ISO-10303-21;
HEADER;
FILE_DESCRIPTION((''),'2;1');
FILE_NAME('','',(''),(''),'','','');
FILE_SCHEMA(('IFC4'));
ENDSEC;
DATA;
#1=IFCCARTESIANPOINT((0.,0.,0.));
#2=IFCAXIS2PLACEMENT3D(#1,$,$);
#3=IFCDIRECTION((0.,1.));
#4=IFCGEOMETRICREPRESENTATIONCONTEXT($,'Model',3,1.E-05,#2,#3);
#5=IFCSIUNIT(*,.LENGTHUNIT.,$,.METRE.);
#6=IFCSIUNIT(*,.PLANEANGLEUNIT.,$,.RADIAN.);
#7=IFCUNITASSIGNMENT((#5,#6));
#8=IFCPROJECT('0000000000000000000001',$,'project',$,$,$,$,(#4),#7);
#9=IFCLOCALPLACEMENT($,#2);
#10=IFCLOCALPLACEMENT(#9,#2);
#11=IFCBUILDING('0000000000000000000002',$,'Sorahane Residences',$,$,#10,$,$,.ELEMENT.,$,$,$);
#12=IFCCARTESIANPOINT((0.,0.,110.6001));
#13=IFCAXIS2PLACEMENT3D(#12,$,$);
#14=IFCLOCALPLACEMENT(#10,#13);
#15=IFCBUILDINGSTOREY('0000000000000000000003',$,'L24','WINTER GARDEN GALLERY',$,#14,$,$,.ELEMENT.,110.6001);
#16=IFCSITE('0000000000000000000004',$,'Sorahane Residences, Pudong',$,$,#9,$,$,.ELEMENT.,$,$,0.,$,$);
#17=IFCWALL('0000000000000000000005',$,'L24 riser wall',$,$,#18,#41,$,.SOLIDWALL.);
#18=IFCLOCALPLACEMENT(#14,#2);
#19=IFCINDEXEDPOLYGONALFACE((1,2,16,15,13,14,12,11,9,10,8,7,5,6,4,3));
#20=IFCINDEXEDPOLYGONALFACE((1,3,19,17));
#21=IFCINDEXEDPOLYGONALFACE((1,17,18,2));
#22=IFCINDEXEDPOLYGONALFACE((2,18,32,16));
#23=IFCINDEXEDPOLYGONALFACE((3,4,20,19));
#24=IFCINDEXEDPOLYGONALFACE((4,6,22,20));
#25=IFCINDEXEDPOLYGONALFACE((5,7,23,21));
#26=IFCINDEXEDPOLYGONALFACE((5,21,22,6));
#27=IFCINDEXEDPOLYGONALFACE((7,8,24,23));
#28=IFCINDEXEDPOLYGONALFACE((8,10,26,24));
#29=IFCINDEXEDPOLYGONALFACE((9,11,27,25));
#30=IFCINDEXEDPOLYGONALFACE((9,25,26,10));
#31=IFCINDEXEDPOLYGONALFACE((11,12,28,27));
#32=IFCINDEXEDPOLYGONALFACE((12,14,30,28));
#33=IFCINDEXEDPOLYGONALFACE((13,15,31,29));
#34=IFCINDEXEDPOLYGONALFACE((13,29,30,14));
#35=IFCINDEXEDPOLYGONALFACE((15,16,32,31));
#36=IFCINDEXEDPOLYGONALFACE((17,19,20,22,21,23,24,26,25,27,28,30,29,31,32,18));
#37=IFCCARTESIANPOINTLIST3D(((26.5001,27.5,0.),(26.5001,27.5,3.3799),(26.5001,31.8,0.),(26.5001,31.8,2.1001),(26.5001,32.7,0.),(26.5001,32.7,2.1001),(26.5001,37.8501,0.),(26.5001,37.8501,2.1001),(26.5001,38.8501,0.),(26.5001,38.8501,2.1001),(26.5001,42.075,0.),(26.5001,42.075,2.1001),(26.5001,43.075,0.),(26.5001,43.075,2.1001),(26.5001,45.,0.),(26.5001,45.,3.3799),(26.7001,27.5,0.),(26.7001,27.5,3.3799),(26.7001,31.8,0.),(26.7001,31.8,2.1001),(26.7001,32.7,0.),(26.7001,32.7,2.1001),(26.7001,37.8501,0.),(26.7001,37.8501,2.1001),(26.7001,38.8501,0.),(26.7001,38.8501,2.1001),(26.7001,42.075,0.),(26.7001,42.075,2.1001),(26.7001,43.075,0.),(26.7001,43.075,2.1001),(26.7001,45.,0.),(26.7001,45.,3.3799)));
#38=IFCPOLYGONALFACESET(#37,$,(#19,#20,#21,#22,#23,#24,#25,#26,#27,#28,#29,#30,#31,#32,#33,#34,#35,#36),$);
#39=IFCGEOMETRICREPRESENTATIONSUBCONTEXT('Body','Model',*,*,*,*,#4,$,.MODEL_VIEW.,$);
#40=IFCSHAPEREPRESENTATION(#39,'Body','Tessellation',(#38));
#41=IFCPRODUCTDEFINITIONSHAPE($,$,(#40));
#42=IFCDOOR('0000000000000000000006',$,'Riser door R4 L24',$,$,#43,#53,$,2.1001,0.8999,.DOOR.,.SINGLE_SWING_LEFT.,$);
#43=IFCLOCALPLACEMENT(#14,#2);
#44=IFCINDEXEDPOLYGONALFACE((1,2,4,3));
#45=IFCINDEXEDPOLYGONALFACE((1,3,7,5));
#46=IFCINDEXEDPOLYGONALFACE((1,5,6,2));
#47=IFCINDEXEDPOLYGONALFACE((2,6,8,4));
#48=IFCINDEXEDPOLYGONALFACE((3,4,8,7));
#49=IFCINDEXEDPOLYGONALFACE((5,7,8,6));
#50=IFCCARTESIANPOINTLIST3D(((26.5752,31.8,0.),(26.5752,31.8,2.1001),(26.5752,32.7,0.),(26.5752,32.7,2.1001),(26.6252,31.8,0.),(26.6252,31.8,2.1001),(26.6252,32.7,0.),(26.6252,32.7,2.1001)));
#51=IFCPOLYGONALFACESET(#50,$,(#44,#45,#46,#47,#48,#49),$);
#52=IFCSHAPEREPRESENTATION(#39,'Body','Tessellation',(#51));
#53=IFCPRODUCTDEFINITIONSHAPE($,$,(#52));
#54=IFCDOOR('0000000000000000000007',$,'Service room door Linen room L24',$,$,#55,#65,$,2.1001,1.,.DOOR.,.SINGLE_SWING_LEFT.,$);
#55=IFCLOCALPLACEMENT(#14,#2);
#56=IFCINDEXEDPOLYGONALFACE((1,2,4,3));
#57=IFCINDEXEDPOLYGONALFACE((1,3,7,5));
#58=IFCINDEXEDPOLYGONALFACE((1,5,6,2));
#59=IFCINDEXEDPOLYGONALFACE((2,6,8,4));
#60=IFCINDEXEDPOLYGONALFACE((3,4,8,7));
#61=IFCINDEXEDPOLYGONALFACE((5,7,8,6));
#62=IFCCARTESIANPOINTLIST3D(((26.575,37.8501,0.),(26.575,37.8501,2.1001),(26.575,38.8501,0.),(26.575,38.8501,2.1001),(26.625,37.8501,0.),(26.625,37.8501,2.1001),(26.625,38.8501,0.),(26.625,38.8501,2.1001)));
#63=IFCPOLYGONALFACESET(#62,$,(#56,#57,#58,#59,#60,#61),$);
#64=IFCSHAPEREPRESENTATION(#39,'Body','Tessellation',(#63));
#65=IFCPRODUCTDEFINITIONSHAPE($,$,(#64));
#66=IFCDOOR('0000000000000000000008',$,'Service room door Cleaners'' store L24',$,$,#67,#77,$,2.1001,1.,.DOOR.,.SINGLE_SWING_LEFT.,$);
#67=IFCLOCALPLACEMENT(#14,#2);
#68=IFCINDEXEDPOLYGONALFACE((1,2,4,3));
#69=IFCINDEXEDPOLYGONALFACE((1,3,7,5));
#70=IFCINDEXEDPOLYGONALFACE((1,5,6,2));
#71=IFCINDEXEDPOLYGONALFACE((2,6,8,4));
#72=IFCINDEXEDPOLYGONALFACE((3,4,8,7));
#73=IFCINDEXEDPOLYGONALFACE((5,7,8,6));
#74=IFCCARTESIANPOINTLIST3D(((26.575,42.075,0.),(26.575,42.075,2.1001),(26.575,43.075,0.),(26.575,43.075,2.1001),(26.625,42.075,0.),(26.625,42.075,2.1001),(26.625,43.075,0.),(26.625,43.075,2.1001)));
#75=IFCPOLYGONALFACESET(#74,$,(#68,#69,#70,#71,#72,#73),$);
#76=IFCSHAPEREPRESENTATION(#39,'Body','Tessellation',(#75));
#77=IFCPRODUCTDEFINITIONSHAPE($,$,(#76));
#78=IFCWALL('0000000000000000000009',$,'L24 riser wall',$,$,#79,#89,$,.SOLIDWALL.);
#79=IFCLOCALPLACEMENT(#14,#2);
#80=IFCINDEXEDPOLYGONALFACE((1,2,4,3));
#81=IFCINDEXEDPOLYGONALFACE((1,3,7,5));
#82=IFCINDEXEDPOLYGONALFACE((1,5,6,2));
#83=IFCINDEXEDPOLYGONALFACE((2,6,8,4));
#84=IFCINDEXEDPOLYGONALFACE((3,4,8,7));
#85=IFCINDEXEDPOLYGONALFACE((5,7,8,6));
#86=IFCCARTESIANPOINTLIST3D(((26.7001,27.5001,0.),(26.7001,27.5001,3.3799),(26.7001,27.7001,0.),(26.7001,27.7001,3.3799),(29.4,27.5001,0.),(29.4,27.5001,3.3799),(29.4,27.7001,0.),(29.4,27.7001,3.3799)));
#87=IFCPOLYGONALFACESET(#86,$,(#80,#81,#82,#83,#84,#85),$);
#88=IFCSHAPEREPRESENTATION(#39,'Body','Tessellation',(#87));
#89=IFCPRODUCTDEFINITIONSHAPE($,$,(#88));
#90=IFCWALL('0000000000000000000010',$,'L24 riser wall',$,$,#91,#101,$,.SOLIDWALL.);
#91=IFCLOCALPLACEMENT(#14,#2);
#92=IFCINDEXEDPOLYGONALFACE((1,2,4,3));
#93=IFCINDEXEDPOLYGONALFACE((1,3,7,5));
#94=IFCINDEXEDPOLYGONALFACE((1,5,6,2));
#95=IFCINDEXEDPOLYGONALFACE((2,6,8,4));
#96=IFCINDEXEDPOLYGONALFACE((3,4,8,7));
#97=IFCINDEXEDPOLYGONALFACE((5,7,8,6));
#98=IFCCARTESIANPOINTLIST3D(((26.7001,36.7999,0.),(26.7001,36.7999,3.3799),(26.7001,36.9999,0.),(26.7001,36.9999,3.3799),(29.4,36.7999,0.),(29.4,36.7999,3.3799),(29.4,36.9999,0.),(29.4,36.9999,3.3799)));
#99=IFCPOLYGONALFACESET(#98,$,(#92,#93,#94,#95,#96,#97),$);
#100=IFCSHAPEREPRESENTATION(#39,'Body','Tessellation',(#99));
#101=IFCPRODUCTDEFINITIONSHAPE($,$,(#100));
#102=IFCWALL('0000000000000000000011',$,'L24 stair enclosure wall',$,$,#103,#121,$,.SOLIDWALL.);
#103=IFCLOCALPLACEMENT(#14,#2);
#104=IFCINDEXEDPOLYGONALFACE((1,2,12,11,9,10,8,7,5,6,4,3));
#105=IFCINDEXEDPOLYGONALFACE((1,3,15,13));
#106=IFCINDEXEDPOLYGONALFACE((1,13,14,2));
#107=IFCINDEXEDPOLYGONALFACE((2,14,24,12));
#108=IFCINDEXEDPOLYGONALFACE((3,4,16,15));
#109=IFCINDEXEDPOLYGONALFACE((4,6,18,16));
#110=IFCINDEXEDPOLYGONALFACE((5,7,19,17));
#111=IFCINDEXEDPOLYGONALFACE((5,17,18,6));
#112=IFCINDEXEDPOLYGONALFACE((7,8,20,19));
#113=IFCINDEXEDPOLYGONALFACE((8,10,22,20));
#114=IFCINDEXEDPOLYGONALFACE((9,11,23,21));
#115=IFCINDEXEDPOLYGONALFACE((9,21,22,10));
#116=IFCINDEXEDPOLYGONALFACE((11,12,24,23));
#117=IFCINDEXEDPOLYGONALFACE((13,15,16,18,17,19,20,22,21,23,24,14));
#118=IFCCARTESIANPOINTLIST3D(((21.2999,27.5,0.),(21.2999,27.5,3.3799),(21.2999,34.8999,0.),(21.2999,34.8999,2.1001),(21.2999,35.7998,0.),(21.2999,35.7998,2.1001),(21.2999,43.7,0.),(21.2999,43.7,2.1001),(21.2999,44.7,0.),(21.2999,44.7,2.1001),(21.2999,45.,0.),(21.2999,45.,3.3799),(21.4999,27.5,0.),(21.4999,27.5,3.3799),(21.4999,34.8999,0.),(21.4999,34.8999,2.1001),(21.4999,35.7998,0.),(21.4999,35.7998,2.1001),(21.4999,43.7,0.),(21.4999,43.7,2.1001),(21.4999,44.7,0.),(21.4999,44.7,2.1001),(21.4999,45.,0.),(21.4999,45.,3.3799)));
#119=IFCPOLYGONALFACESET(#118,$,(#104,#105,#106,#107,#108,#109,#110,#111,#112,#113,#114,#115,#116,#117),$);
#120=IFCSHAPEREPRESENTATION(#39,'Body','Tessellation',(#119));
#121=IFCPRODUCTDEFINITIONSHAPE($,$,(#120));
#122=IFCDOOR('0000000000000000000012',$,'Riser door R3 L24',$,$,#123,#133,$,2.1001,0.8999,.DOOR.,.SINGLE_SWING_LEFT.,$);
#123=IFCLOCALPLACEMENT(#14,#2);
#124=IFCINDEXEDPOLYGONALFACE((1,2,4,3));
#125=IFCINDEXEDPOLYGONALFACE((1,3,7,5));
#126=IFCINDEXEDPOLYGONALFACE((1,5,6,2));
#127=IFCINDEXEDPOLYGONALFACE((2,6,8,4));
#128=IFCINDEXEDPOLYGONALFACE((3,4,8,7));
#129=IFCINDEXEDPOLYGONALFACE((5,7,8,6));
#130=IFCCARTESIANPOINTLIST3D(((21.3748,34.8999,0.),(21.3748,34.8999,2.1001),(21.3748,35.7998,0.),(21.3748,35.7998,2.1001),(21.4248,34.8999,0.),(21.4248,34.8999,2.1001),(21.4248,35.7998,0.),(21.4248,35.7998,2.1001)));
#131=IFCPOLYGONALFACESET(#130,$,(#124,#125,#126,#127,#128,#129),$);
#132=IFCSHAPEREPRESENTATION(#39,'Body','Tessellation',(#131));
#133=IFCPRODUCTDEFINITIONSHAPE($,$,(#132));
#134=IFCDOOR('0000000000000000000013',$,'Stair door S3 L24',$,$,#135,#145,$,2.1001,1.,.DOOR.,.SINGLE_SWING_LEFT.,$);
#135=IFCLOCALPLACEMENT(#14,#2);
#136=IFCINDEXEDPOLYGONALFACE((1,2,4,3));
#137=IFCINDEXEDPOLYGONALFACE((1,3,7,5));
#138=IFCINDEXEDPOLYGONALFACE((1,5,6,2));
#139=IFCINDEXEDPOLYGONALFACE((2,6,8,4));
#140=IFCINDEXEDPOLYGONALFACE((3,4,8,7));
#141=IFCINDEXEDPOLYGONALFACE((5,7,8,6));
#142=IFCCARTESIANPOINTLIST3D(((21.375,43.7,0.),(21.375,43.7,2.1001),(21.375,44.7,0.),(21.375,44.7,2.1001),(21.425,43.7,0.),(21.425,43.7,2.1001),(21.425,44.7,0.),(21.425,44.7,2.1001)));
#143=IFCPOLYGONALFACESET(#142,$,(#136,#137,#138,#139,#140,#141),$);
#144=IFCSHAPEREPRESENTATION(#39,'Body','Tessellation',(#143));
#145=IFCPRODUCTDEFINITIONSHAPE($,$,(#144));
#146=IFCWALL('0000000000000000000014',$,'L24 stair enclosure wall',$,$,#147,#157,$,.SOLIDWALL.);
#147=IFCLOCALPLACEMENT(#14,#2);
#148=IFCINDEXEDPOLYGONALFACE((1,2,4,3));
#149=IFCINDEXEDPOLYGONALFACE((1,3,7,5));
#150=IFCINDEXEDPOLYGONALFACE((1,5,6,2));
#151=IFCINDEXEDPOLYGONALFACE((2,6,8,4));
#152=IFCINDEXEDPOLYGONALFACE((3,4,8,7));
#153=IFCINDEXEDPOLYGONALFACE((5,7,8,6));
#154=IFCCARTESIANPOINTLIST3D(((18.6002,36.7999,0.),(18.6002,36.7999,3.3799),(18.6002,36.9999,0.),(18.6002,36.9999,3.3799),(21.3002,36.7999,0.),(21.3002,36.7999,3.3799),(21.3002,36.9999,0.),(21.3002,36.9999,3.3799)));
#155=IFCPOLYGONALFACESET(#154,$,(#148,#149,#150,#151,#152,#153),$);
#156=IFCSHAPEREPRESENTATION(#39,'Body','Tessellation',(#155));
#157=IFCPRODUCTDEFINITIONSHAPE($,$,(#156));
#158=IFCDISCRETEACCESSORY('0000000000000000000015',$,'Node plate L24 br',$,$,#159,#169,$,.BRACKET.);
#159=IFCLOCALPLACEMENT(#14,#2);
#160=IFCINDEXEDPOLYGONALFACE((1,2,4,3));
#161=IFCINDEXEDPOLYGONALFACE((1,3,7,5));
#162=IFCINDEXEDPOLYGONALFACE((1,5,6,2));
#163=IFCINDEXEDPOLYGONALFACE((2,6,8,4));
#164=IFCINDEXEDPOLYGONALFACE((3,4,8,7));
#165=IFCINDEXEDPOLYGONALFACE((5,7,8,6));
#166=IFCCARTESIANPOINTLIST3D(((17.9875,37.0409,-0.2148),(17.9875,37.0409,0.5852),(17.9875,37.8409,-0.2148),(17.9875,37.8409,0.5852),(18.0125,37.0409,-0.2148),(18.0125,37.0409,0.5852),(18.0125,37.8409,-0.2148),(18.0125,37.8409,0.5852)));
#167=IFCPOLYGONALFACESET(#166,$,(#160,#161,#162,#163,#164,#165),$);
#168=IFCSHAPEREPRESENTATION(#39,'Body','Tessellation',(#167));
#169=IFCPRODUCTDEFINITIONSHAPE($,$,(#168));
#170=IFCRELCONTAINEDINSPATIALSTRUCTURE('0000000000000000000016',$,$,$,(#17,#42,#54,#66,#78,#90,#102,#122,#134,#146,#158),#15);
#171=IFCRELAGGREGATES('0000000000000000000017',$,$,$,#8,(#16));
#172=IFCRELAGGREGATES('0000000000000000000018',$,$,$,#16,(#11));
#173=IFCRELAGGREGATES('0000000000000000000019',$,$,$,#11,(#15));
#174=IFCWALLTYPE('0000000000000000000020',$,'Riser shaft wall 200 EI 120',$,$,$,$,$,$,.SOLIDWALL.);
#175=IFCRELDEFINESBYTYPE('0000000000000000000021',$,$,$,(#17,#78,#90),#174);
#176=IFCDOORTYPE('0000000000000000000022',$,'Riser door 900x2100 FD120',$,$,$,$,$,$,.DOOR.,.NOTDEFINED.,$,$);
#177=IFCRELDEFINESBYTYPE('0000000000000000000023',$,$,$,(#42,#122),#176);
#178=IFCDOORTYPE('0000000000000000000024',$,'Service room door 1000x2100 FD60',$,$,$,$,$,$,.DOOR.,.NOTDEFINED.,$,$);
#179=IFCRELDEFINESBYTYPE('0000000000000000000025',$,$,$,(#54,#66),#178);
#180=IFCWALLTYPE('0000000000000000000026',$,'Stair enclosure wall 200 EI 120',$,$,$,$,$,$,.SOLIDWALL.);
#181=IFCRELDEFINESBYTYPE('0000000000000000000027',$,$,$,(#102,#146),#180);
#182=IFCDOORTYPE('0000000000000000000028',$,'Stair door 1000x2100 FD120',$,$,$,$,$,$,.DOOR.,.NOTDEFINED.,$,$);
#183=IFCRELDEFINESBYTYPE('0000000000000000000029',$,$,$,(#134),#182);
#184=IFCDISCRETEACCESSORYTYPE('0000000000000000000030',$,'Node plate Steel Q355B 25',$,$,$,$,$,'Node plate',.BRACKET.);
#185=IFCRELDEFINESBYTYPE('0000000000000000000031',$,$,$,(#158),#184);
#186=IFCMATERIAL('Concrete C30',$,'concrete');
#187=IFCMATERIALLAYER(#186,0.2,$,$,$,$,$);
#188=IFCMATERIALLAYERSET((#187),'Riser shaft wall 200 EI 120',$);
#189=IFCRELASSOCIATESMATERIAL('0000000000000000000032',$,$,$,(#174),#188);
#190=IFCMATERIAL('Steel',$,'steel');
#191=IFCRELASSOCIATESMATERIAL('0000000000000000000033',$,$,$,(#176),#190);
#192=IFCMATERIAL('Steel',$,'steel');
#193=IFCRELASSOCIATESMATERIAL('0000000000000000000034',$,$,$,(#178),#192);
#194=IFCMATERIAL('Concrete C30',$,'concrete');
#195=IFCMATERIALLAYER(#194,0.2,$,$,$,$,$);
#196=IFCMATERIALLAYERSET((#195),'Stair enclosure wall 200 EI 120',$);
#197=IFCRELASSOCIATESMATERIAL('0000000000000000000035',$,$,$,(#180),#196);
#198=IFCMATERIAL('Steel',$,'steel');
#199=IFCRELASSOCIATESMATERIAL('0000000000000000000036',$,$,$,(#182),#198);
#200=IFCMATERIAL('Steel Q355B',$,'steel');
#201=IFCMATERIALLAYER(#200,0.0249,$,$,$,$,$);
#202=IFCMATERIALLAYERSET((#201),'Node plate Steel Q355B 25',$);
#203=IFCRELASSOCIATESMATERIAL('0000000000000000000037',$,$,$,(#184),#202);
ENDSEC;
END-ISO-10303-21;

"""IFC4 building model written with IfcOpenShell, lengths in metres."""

from ifc_helpers import new_model, si_unit, direction, frame, frame_2d, origin, origin_2d, place, context, subcontext, project, spatial, rectangle, extrude, material, layer, layer_set, type_object, element, fill, save


model = new_model("IFC4")

# Units and contexts
model_context = context("Model", 3, precision=1e-05, world=origin(), true_north=direction((0.0, 1.0)))
body_context = subcontext(model_context, "Body", "Model", "MODEL_VIEW")
ifc_project = project(units=[si_unit("LENGTHUNIT", "METRE"), si_unit("PLANEANGLEUNIT", "RADIAN")], contexts=[model_context])

# Site, building, storey
site_placement = place(None, origin())
site = spatial("IfcSite", under=ifc_project, at=site_placement, Name="Sorahane Residences, Pudong", CompositionType="ELEMENT", RefElevation=0.0)
building_placement = place(site_placement, origin())
building = spatial("IfcBuilding", under=site, at=building_placement, Name="Sorahane Residences", CompositionType="ELEMENT")
storey_placement = place(building_placement, frame((0.0, 0.0, 110.6001)))
storey = spatial("IfcBuildingStorey", under=building, at=storey_placement, Name="L24", Description="WINTER GARDEN GALLERY", CompositionType="ELEMENT", Elevation=110.6001)

# Wall, openings, doors
ifc_material_1 = material(Name="Concrete C30", Category="concrete")
ifc_layer_1 = layer(ifc_material_1, 0.2)
ifc_layer_set_1 = layer_set([ifc_layer_1], Name="Riser shaft wall 200 EI 120")
wall_type_1 = type_object("IfcWallType", Name="Riser shaft wall 200 EI 120", PredefinedType="SOLIDWALL", material=ifc_layer_set_1)
wall_1_placement = place(storey_placement, frame((26.6001, 27.5, 0.0), z_axis=(0.0, 0.0, 1.0), x_axis=(0.0, 1.0, 0.0)))
wall_1 = element("IfcWall", 1, at=wall_1_placement, inside=storey, type_object=wall_type_1, Name="L24 riser wall", PredefinedType="SOLIDWALL", context=body_context, shape_type="SweptSolid", body=[
    extrude(rectangle(XDim=17.5, YDim=0.2, at=frame_2d((8.75, 0.0))), origin(), (0.0, 0.0, 1.0), 3.3799),
])
opening_1_placement = place(wall_1_placement, frame((4.3, 0.0, 0.0)))
opening_1 = element("IfcOpeningElement", 2, at=opening_1_placement, cuts=wall_1, PredefinedType="OPENING", context=body_context, shape_type="SweptSolid", body=[
    extrude(rectangle(XDim=0.8999, YDim=2.1001, at=frame_2d((0.45, 1.05))), frame((0.0, 0.1099, 0.0), z_axis=(0.0, -1.0, 0.0), x_axis=(1.0, 0.0, 0.0)), (0.0, 0.0, 1.0), 0.22),
])
opening_2_placement = place(wall_1_placement, frame((10.3501, 0.0, 0.0)))
opening_2 = element("IfcOpeningElement", 3, at=opening_2_placement, cuts=wall_1, PredefinedType="OPENING", context=body_context, shape_type="SweptSolid", body=[
    extrude(rectangle(XDim=1.0, YDim=2.1001, at=frame_2d((0.5, 1.05))), frame((0.0, 0.1099, 0.0), z_axis=(0.0, -1.0, 0.0), x_axis=(1.0, 0.0, 0.0)), (0.0, 0.0, 1.0), 0.22),
])
opening_3_placement = place(wall_1_placement, frame((14.575, 0.0, 0.0)))
opening_3 = element("IfcOpeningElement", 4, at=opening_3_placement, cuts=wall_1, PredefinedType="OPENING", context=body_context, shape_type="SweptSolid", body=[
    extrude(rectangle(XDim=1.0, YDim=2.1001, at=frame_2d((0.5, 1.05))), frame((0.0, 0.1099, 0.0), z_axis=(0.0, -1.0, 0.0), x_axis=(1.0, 0.0, 0.0)), (0.0, 0.0, 1.0), 0.22),
])
ifc_material_2 = material(Name="Steel", Category="steel")
door_type_1 = type_object("IfcDoorType", Name="Riser door 900x2100 FD120", OperationType="NOTDEFINED", PredefinedType="DOOR", material=ifc_material_2)
door_1_placement = place(opening_1_placement, origin())
door_1 = element("IfcDoor", 5, at=door_1_placement, inside=storey, type_object=door_type_1, Name="Riser door R4 L24", OperationType="SINGLE_SWING_LEFT", OverallHeight=2.1001, OverallWidth=0.8999, PredefinedType="DOOR", context=body_context, shape_type="SweptSolid", body=[
    extrude(rectangle(XDim=0.8999, YDim=2.1001, at=frame_2d((0.45, 1.05))), frame((0.0, 0.0249, 0.0), z_axis=(0.0, -1.0, 0.0), x_axis=(1.0, 0.0, 0.0)), (0.0, 0.0, 1.0), 0.05),
])
fill(opening_1, door_1)
ifc_material_3 = material(Name="Steel", Category="steel")
door_type_2 = type_object("IfcDoorType", Name="Service room door 1000x2100 FD60", OperationType="NOTDEFINED", PredefinedType="DOOR", material=ifc_material_3)
door_2_placement = place(opening_2_placement, frame((1.0, 0.0, 0.0), z_axis=(0.0, 0.0, 1.0), x_axis=(-1.0, 0.0, 0.0)))
door_2 = element("IfcDoor", 6, at=door_2_placement, inside=storey, type_object=door_type_2, Name="Service room door Linen room L24", OperationType="SINGLE_SWING_LEFT", OverallHeight=2.1001, OverallWidth=1.0, PredefinedType="DOOR", context=body_context, shape_type="SweptSolid", body=[
    extrude(rectangle(XDim=1.0, YDim=2.1001, at=frame_2d((0.5, 1.05))), frame((0.0, 0.0249, 0.0), z_axis=(0.0, -1.0, 0.0), x_axis=(1.0, 0.0, 0.0)), (0.0, 0.0, 1.0), 0.05),
])
fill(opening_2, door_2)
door_3_placement = place(opening_3_placement, frame((1.0, 0.0, 0.0), z_axis=(0.0, 0.0, 1.0), x_axis=(-1.0, 0.0, 0.0)))
door_3 = element("IfcDoor", 7, at=door_3_placement, inside=storey, type_object=door_type_2, Name="Service room door Cleaners' store L24", OperationType="SINGLE_SWING_LEFT", OverallHeight=2.1001, OverallWidth=1.0, PredefinedType="DOOR", context=body_context, shape_type="SweptSolid", body=[
    extrude(rectangle(XDim=1.0, YDim=2.1001, at=frame_2d((0.5, 1.05))), frame((0.0, 0.0249, 0.0), z_axis=(0.0, -1.0, 0.0), x_axis=(1.0, 0.0, 0.0)), (0.0, 0.0, 1.0), 0.05),
])
fill(opening_3, door_3)

# Walls
for number, where, z_axis, x_axis, name in (
    (8, (26.7, 27.6001, 0.0), (0.0, 0.0, 1.0), (1.0, 0.0, 0.0), "L24 riser wall"),
    (9, (26.7, 36.8999, 0.0), (0.0, 0.0, 1.0), (1.0, 0.0, 0.0), "L24 riser wall"),
):
    element("IfcWall", number, at=place(storey_placement, frame(where, z_axis=z_axis, x_axis=x_axis)), inside=storey, type_object=wall_type_1, Name=name, PredefinedType="SOLIDWALL", context=body_context, shape_type="SweptSolid", body=[
        extrude(rectangle(XDim=2.7, YDim=0.2, at=frame_2d((1.3501, 0.0))), origin(), (0.0, 0.0, 1.0), 3.3799),
    ])

# Wall, openings, doors
ifc_material_4 = material(Name="Concrete C30", Category="concrete")
ifc_layer_2 = layer(ifc_material_4, 0.2)
ifc_layer_set_2 = layer_set([ifc_layer_2], Name="Stair enclosure wall 200 EI 120")
wall_type_2 = type_object("IfcWallType", Name="Stair enclosure wall 200 EI 120", PredefinedType="SOLIDWALL", material=ifc_layer_set_2)
wall_2_placement = place(storey_placement, frame((21.3999, 27.5, 0.0), z_axis=(0.0, 0.0, 1.0), x_axis=(0.0, 1.0, 0.0)))
wall_2 = element("IfcWall", 10, at=wall_2_placement, inside=storey, type_object=wall_type_2, Name="L24 stair enclosure wall", PredefinedType="SOLIDWALL", context=body_context, shape_type="SweptSolid", body=[
    extrude(rectangle(XDim=17.5, YDim=0.2, at=frame_2d((8.75, 0.0))), origin(), (0.0, 0.0, 1.0), 3.3799),
])
opening_4_placement = place(wall_2_placement, frame((16.2, 0.0, 0.0)))
opening_4 = element("IfcOpeningElement", 11, at=opening_4_placement, cuts=wall_2, PredefinedType="OPENING", context=body_context, shape_type="SweptSolid", body=[
    extrude(rectangle(XDim=1.0, YDim=2.1001, at=frame_2d((0.5, 1.05))), frame((0.0, 0.1099, 0.0), z_axis=(0.0, -1.0, 0.0), x_axis=(1.0, 0.0, 0.0)), (0.0, 0.0, 1.0), 0.22),
])
opening_5_placement = place(wall_2_placement, frame((7.3999, 0.0, 0.0)))
opening_5 = element("IfcOpeningElement", 12, at=opening_5_placement, cuts=wall_2, PredefinedType="OPENING", context=body_context, shape_type="SweptSolid", body=[
    extrude(rectangle(XDim=0.8999, YDim=2.1001, at=frame_2d((0.45, 1.05))), frame((0.0, 0.1099, 0.0), z_axis=(0.0, -1.0, 0.0), x_axis=(1.0, 0.0, 0.0)), (0.0, 0.0, 1.0), 0.22),
])
door_4_placement = place(opening_5_placement, frame((0.8999, 0.0, 0.0), z_axis=(0.0, 0.0, 1.0), x_axis=(-1.0, 0.0, 0.0)))
door_4 = element("IfcDoor", 13, at=door_4_placement, inside=storey, type_object=door_type_1, Name="Riser door R3 L24", OperationType="SINGLE_SWING_LEFT", OverallHeight=2.1001, OverallWidth=0.8999, PredefinedType="DOOR", context=body_context, shape_type="SweptSolid", body=[
    extrude(rectangle(XDim=0.8999, YDim=2.1001, at=frame_2d((0.45, 1.05))), frame((0.0, 0.0249, 0.0), z_axis=(0.0, -1.0, 0.0), x_axis=(1.0, 0.0, 0.0)), (0.0, 0.0, 1.0), 0.05),
])
fill(opening_5, door_4)
ifc_material_5 = material(Name="Steel", Category="steel")
door_type_3 = type_object("IfcDoorType", Name="Stair door 1000x2100 FD120", OperationType="NOTDEFINED", PredefinedType="DOOR", material=ifc_material_5)
door_5_placement = place(opening_4_placement, origin())
door_5 = element("IfcDoor", 14, at=door_5_placement, inside=storey, type_object=door_type_3, Name="Stair door S3 L24", OperationType="SINGLE_SWING_LEFT", OverallHeight=2.1001, OverallWidth=1.0, PredefinedType="DOOR", context=body_context, shape_type="SweptSolid", body=[
    extrude(rectangle(XDim=1.0, YDim=2.1001, at=frame_2d((0.5, 1.05))), frame((0.0, 0.0249, 0.0), z_axis=(0.0, -1.0, 0.0), x_axis=(1.0, 0.0, 0.0)), (0.0, 0.0, 1.0), 0.05),
])
fill(opening_4, door_5)

# Wall
wall_3_placement = place(storey_placement, frame((18.6001, 36.8999, 0.0), z_axis=(0.0, 0.0, 1.0), x_axis=(1.0, 0.0, 0.0)))
element("IfcWall", 15, at=wall_3_placement, inside=storey, type_object=wall_type_2, Name="L24 stair enclosure wall", PredefinedType="SOLIDWALL", context=body_context, shape_type="SweptSolid", body=[
    extrude(rectangle(XDim=2.7, YDim=0.2, at=frame_2d((1.3501, 0.0))), origin(), (0.0, 0.0, 1.0), 3.3799),
])

# Discrete accessory
ifc_material_6 = material(Name="Steel Q355B", Category="steel")
ifc_layer_3 = layer(ifc_material_6, 0.0249)
ifc_layer_set_3 = layer_set([ifc_layer_3], Name="Node plate Steel Q355B 25")
discrete_accessory_type = type_object("IfcDiscreteAccessoryType", Name="Node plate Steel Q355B 25", ElementType="Node plate", PredefinedType="BRACKET", material=ifc_layer_set_3)
discrete_accessory_placement = place(storey_placement, frame((18.0, 37.4409, -0.2148), z_axis=(0.0, 0.0, 1.0), x_axis=(0.0, 1.0, 0.0)))
element("IfcDiscreteAccessory", 16, at=discrete_accessory_placement, inside=storey, type_object=discrete_accessory_type, Name="Node plate L24 br", PredefinedType="BRACKET", context=body_context, shape_type="SweptSolid", body=[
    extrude(rectangle(XDim=0.8, YDim=0.0249, at=origin_2d()), origin(), (0.0, 0.0, 1.0), 0.8),
])

save(model, "model.ifc")
